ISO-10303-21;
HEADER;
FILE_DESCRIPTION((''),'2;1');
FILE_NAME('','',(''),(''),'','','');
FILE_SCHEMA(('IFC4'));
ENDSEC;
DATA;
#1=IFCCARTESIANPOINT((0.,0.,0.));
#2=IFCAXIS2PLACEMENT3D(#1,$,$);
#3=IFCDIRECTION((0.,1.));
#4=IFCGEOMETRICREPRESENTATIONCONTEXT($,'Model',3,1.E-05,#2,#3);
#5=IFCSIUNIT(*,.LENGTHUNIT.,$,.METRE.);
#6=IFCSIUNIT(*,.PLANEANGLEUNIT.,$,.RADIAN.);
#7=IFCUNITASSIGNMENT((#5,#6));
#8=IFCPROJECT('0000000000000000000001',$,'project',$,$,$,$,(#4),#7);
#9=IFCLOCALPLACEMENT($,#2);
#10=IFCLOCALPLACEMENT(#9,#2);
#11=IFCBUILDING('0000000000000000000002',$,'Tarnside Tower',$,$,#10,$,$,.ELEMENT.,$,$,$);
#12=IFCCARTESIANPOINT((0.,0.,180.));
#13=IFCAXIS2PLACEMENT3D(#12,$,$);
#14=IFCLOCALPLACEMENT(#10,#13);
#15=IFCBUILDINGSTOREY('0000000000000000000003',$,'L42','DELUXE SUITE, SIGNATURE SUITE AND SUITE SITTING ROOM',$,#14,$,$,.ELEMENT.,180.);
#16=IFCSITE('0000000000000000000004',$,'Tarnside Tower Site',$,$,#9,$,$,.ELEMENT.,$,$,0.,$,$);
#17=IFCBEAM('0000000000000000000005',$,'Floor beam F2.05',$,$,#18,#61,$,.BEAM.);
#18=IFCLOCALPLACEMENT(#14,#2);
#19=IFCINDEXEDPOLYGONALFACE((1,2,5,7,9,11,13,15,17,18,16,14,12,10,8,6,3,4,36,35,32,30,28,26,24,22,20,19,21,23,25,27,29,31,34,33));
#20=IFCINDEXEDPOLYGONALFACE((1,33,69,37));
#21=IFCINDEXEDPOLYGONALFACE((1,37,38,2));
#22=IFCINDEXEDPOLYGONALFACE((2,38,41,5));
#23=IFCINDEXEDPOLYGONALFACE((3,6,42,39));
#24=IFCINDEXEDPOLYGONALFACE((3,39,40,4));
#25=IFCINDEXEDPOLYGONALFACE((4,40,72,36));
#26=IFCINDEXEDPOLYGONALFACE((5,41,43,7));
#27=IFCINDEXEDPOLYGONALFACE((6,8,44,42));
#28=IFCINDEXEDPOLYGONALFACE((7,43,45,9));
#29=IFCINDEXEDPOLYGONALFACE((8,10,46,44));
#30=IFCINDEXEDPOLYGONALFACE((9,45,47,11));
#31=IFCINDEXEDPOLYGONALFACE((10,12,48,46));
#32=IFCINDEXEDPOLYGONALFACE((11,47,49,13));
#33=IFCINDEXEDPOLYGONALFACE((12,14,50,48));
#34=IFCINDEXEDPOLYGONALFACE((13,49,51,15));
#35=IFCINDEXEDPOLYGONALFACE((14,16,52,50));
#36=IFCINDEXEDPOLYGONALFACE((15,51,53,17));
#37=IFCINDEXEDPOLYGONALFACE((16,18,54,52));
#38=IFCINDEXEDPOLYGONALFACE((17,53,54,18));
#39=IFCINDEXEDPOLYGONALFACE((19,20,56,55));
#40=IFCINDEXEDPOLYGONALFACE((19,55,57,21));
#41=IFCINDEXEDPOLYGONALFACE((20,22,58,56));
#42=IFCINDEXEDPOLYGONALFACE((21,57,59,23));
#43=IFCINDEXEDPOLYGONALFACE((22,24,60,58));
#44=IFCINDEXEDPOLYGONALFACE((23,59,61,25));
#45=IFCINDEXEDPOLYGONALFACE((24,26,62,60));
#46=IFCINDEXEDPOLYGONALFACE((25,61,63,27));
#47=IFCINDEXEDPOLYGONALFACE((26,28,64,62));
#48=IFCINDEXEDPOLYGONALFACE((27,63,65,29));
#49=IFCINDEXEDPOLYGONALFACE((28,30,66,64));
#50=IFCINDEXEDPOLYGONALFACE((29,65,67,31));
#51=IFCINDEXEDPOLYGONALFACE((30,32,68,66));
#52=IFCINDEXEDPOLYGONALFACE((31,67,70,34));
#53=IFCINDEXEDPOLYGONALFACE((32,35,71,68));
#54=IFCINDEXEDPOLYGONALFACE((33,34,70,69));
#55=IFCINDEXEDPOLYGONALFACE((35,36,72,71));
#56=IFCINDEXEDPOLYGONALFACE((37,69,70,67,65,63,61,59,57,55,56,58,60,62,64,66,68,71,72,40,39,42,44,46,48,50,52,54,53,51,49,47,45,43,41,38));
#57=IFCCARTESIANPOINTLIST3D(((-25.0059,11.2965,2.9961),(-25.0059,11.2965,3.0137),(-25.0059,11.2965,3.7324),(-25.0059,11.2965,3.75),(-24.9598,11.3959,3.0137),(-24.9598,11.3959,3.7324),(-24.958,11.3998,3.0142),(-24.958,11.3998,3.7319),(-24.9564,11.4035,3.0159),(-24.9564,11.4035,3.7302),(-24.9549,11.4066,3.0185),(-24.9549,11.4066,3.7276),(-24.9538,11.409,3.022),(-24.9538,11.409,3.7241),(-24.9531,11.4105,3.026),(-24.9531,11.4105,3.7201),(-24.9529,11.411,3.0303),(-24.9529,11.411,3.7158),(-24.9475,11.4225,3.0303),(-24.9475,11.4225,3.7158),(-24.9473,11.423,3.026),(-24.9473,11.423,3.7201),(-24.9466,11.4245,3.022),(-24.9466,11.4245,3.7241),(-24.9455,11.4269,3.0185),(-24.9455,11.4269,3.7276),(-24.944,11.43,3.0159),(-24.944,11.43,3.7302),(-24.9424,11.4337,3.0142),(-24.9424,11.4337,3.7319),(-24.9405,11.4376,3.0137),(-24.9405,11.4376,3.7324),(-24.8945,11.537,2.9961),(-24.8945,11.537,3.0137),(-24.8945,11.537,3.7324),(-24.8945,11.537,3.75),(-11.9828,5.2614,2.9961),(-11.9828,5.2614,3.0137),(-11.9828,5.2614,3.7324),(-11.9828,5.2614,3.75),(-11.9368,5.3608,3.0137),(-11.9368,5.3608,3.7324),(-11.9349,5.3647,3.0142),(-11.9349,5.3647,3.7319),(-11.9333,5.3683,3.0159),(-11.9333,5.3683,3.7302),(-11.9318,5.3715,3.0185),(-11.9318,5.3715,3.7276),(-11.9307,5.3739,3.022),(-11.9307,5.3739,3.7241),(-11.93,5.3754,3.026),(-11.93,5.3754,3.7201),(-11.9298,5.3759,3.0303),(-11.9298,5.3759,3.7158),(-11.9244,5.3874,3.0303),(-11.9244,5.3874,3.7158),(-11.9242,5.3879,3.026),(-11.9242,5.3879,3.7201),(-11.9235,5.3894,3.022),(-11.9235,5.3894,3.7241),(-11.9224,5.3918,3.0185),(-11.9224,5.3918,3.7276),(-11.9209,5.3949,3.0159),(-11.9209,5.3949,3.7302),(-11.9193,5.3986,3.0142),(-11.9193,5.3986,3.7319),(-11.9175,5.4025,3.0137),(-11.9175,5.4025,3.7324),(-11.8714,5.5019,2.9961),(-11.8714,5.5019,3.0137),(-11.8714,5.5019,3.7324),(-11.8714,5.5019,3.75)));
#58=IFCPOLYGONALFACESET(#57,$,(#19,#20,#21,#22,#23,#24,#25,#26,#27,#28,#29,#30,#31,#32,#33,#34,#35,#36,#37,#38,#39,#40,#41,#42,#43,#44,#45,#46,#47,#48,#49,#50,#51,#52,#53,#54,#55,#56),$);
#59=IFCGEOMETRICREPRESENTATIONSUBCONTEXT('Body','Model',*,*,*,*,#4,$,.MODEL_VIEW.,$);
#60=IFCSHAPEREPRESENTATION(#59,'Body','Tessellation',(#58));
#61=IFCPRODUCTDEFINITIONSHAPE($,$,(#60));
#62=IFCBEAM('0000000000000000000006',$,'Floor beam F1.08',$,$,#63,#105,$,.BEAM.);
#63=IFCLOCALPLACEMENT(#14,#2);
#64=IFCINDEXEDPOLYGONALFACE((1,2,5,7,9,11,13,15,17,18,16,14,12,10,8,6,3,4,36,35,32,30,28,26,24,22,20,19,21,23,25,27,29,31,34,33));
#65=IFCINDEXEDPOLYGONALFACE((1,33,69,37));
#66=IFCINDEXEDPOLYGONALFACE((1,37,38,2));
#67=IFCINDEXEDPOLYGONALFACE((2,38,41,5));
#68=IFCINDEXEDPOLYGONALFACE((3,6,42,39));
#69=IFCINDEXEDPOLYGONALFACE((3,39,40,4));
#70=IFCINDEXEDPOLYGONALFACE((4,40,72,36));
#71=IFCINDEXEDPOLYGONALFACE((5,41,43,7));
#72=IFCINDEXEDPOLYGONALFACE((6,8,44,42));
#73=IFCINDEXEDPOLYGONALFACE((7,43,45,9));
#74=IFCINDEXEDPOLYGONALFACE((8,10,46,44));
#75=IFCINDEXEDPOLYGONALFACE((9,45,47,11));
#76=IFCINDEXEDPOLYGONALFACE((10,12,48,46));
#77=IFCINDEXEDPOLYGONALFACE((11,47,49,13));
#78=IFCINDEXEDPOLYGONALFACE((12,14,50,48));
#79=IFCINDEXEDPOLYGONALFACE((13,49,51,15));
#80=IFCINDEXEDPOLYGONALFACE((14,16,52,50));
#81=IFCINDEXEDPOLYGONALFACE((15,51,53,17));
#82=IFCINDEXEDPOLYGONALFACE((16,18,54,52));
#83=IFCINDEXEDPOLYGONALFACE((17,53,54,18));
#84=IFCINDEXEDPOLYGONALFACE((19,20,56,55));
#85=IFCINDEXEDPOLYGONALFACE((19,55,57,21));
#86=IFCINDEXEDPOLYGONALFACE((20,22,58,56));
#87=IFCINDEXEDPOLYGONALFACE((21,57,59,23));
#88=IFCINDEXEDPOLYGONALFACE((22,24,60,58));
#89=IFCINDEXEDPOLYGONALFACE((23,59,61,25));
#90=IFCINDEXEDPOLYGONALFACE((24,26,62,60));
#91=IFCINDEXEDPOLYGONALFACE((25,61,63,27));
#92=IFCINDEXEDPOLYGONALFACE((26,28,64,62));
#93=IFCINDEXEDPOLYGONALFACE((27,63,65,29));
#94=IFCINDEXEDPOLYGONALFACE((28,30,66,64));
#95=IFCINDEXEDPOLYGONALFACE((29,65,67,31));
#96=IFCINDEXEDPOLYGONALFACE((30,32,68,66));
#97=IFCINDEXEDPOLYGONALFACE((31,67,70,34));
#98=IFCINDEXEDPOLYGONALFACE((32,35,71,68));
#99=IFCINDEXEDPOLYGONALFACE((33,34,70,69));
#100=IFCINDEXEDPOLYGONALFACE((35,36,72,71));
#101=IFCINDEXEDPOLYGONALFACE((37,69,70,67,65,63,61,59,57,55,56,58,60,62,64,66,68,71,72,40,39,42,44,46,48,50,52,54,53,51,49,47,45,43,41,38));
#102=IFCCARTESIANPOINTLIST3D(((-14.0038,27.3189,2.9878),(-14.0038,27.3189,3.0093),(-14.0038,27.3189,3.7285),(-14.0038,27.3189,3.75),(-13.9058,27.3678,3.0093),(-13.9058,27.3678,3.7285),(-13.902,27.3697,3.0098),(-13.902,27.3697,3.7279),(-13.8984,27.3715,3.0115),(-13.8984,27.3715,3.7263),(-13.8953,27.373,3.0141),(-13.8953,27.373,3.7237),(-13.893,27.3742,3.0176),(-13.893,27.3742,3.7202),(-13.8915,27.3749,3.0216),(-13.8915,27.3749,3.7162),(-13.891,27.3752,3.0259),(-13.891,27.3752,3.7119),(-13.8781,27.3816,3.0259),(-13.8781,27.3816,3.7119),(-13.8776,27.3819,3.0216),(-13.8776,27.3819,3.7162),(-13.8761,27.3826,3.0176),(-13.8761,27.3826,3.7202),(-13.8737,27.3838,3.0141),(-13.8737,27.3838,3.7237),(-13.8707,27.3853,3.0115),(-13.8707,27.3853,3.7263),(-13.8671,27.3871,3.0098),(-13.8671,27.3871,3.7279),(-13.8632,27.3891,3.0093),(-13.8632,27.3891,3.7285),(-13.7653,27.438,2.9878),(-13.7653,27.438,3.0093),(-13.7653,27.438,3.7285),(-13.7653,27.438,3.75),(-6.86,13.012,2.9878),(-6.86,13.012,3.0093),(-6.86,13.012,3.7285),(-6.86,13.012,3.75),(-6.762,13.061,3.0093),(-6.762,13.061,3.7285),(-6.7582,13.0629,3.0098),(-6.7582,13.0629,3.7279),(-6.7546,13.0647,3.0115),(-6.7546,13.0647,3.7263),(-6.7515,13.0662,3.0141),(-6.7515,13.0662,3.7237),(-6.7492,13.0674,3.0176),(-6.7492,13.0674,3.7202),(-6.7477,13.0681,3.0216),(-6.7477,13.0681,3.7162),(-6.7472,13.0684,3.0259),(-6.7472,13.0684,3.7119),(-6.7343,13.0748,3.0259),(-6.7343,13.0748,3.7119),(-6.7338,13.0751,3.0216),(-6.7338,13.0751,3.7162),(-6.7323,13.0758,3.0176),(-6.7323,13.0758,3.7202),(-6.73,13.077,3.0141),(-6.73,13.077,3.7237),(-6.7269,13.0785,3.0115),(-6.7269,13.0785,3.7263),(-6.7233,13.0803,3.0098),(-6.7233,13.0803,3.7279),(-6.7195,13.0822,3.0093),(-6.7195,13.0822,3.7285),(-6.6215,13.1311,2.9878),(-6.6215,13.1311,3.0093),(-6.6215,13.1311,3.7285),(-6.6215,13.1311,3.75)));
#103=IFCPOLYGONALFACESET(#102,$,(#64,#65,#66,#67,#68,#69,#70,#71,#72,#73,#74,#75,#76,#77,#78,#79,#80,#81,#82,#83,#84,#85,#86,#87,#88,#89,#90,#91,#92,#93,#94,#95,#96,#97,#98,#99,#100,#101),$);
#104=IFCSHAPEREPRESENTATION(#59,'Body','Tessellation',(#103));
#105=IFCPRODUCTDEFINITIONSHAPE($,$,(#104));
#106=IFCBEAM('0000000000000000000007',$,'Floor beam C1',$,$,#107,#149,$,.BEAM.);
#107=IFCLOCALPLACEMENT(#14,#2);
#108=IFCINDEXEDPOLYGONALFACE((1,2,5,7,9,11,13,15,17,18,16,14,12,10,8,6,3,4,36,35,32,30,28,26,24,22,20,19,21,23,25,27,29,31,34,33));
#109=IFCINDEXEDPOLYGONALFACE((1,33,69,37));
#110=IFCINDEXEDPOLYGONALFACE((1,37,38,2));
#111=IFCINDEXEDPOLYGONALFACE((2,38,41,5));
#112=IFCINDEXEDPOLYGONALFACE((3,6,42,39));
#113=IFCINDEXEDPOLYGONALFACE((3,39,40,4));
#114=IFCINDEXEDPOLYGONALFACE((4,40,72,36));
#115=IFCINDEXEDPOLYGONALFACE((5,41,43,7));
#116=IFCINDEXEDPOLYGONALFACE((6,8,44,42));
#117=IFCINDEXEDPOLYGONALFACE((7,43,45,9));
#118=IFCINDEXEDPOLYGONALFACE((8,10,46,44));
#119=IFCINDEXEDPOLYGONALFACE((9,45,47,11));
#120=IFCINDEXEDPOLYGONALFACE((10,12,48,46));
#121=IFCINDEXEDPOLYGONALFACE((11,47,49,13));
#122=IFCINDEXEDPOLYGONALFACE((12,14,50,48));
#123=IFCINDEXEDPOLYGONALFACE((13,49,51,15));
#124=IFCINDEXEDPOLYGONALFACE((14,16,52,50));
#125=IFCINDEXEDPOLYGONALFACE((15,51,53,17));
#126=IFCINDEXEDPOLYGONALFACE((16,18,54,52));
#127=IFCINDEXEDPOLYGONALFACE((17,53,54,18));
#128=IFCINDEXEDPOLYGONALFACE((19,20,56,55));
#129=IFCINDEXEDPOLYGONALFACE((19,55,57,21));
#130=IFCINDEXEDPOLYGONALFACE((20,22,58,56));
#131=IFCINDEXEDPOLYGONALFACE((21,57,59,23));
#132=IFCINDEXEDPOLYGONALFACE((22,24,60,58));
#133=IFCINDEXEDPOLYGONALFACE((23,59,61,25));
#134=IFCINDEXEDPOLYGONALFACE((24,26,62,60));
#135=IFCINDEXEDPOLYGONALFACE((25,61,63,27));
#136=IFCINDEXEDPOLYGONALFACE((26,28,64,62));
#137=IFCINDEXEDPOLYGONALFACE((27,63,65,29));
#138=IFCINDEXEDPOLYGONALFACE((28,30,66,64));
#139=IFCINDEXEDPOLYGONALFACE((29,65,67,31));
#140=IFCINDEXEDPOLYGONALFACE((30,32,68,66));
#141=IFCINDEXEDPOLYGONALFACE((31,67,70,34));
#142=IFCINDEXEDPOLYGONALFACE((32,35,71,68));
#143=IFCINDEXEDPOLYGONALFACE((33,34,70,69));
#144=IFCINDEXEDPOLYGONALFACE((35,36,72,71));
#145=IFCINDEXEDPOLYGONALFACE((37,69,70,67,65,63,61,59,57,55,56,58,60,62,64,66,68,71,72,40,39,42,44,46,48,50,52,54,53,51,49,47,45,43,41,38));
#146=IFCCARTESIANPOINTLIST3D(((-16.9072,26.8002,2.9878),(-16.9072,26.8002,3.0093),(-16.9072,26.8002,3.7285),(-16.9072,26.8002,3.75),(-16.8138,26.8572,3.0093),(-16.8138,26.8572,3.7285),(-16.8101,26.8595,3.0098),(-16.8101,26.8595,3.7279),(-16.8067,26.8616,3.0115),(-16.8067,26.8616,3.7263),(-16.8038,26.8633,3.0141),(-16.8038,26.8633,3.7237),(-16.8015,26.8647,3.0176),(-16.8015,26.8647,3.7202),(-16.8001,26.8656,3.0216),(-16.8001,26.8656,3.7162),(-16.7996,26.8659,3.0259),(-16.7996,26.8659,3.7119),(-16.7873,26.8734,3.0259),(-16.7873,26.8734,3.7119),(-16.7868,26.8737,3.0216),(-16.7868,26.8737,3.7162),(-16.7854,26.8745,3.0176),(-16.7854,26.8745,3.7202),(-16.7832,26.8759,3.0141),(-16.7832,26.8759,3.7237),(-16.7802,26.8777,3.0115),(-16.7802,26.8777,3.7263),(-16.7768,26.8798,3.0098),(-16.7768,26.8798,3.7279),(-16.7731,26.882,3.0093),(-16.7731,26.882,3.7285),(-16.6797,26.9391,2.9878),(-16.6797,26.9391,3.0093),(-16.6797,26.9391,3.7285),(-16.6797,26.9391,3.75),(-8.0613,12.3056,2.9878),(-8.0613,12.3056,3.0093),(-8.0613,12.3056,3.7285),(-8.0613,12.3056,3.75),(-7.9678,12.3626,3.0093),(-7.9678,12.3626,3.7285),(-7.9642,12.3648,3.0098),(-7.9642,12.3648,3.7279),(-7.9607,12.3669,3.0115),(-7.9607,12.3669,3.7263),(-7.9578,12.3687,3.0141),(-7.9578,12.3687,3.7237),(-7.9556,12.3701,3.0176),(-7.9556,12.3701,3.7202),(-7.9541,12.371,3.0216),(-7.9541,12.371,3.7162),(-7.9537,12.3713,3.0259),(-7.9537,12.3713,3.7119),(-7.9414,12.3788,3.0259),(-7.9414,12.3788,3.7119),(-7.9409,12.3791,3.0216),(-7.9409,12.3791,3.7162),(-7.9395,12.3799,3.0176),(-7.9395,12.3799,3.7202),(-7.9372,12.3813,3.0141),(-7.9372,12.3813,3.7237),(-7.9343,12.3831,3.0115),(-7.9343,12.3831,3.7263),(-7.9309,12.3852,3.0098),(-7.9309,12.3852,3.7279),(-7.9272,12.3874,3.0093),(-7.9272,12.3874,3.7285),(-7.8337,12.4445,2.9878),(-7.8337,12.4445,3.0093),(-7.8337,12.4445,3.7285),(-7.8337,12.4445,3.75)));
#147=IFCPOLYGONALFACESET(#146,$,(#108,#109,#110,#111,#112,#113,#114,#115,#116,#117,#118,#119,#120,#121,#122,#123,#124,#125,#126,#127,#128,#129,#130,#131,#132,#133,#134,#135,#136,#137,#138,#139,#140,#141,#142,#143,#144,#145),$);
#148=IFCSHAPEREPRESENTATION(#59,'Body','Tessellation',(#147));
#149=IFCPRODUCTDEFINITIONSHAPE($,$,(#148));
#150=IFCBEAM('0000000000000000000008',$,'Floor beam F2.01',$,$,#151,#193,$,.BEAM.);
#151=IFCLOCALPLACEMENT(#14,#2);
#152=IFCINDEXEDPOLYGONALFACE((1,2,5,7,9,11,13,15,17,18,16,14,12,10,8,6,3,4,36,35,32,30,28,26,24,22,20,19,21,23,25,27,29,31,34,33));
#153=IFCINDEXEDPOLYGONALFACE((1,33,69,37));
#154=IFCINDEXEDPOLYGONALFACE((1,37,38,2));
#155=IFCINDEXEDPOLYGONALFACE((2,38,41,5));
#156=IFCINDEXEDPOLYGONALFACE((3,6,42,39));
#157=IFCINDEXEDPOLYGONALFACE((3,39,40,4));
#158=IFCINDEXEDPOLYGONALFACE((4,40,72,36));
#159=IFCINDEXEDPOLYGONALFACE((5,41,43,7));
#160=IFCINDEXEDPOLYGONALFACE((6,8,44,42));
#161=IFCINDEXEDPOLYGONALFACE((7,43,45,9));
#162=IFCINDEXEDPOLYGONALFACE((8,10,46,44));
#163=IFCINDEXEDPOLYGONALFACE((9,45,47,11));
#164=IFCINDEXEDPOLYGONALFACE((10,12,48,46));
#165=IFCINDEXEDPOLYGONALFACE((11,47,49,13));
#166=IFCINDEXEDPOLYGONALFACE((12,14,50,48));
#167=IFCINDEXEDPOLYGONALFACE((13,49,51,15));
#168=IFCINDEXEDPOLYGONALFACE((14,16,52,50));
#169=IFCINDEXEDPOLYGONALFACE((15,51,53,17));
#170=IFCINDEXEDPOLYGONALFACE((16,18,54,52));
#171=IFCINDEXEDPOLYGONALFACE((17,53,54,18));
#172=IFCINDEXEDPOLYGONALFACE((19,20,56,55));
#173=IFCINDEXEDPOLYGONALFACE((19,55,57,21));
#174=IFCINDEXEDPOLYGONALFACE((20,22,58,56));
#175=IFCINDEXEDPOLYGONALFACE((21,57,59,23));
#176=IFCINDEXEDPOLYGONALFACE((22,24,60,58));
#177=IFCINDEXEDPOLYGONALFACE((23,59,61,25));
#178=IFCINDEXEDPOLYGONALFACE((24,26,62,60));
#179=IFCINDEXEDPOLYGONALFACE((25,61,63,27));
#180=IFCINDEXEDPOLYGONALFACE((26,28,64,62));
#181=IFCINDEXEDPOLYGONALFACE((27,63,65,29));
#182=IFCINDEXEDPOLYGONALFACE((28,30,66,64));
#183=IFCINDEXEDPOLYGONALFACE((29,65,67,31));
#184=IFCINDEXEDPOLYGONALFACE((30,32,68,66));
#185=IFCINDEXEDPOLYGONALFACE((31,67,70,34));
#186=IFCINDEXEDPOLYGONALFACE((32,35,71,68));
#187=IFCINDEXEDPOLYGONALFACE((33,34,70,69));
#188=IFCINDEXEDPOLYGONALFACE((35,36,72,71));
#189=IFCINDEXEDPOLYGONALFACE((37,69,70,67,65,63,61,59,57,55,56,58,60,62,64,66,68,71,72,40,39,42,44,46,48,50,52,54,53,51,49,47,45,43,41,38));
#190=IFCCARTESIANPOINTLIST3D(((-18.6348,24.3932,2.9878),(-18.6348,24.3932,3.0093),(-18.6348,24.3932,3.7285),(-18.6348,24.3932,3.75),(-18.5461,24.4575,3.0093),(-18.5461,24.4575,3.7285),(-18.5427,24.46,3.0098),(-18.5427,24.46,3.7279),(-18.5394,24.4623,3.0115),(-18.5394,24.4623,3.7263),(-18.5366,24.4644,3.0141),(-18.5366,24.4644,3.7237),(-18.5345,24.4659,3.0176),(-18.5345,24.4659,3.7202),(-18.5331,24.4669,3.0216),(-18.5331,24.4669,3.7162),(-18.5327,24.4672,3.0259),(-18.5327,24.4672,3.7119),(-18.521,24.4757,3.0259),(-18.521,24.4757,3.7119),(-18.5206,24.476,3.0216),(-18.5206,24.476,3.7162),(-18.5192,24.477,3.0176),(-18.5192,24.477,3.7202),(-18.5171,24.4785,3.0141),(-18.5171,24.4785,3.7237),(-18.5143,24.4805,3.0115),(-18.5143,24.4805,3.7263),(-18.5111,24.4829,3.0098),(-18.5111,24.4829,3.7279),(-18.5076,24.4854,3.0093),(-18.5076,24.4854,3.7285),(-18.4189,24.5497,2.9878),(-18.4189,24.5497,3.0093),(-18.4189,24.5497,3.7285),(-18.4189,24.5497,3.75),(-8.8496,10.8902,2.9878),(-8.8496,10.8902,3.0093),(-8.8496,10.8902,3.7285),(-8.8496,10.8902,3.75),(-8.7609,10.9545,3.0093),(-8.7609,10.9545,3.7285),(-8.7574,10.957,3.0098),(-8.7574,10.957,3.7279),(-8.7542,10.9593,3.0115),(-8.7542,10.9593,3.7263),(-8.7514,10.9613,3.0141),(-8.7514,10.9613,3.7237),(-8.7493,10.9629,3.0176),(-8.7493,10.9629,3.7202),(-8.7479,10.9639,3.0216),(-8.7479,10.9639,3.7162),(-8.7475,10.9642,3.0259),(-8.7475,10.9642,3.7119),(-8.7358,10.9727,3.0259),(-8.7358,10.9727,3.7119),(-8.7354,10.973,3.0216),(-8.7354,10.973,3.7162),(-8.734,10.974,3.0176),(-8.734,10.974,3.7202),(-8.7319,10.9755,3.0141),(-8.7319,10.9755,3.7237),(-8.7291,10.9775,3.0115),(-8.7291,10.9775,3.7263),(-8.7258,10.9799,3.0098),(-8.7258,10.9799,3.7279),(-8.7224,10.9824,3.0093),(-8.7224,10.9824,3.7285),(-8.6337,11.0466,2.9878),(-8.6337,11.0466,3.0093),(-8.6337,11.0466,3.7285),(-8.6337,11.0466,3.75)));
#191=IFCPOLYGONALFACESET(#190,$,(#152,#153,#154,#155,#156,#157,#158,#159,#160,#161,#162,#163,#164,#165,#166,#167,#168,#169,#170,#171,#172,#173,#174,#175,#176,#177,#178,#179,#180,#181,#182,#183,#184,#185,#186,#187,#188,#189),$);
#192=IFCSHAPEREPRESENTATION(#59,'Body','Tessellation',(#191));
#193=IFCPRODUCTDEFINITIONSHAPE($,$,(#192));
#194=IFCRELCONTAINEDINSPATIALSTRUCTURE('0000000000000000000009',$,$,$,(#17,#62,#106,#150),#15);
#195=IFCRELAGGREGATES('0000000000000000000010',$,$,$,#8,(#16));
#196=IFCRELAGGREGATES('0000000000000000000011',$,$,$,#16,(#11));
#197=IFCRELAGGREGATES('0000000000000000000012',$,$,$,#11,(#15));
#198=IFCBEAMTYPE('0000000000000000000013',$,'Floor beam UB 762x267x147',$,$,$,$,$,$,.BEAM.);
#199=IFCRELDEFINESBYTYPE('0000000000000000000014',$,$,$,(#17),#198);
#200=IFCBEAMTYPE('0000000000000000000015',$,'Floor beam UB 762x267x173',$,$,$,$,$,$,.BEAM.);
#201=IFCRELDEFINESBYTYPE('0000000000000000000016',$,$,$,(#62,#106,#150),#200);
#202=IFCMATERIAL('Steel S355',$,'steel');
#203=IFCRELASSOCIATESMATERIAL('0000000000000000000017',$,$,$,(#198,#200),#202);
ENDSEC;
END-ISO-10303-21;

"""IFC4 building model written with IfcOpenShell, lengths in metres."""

from ifc_helpers import new_model, si_unit, direction, frame, origin, origin_2d, place, context, subcontext, project, spatial, i_section, extrude, material, material_profile, profile_set, type_object, element, save


model = new_model("IFC4")

# Units and contexts
model_context = context("Model", 3, precision=1e-05, world=origin(), true_north=direction((0.0, 1.0)))
body_context = subcontext(model_context, "Body", "Model", "MODEL_VIEW")
ifc_project = project(units=[si_unit("LENGTHUNIT", "METRE"), si_unit("PLANEANGLEUNIT", "RADIAN")], contexts=[model_context])

# Site, building, storey
site_placement = place(None, origin())
site = spatial("IfcSite", under=ifc_project, at=site_placement, Name="Tarnside Tower Site", CompositionType="ELEMENT", RefElevation=0.0)
building_placement = place(site_placement, origin())
building = spatial("IfcBuilding", under=site, at=building_placement, Name="Tarnside Tower", CompositionType="ELEMENT")
storey_placement = place(building_placement, frame((0.0, 0.0, 180.0)))
storey = spatial("IfcBuildingStorey", under=building, at=storey_placement, Name="L42", Description="DELUXE SUITE, SIGNATURE SUITE AND SUITE SITTING ROOM", CompositionType="ELEMENT", Elevation=180.0)

# Beams
ifc_material_1 = material(Name="Steel S355", Category="steel")
ifc_material_profile_1 = material_profile(ifc_material_1, i_section(OverallWidth=0.2651, OverallDepth=0.7539, WebThickness=0.0127, FlangeThickness=0.0176, FilletRadius=0.0166, at=origin_2d()), Name="UB 762x267x147")
ifc_profile_set_1 = profile_set([ifc_material_profile_1], Name="Steel S355")
beam_type_1 = type_object("IfcBeamType", Name="Floor beam UB 762x267x147", PredefinedType="BEAM", material=ifc_profile_set_1)
beam_1_placement = place(storey_placement, frame((-24.9502, 11.4167, 3.373), z_axis=(0.90731, -0.420462, 0.0), x_axis=(0.420462, 0.90731, 0.0)))
element("IfcBeam", 1, at=beam_1_placement, inside=storey, type_object=beam_type_1, Name="Floor beam F2.05", PredefinedType="BEAM", context=body_context, shape_type="SweptSolid", body=[
    extrude(i_section(OverallWidth=0.2651, OverallDepth=0.7539, WebThickness=0.0127, FlangeThickness=0.0176, FilletRadius=0.0166, at=origin_2d()), origin(), (0.0, 0.0, 1.0), 14.3535),
])
ifc_material_profile_2 = material_profile(ifc_material_1, i_section(OverallWidth=0.2666, OverallDepth=0.7622, WebThickness=0.0144, FlangeThickness=0.0215, FilletRadius=0.0166, at=origin_2d()), Name="UB 762x267x173")
ifc_profile_set_2 = profile_set([ifc_material_profile_2], Name="Steel S355")
beam_type_2 = type_object("IfcBeamType", Name="Floor beam UB 762x267x173", PredefinedType="BEAM", material=ifc_profile_set_2)
beam_2_placement = place(storey_placement, frame((-13.8845, 27.3784, 3.3689), z_axis=(0.446731, -0.894668, 0.0), x_axis=(0.894668, 0.446731, 0.0)))
element("IfcBeam", 2, at=beam_2_placement, inside=storey, type_object=beam_type_2, Name="Floor beam F1.08", PredefinedType="BEAM", context=body_context, shape_type="SweptSolid", body=[
    extrude(i_section(OverallWidth=0.2666, OverallDepth=0.7622, WebThickness=0.0144, FlangeThickness=0.0215, FilletRadius=0.0166, at=origin_2d()), origin(), (0.0, 0.0, 1.0), 15.9912),
])
beam_3_placement = place(storey_placement, frame((-16.7935, 26.8696, 3.3689), z_axis=(0.52094, -0.853593, 0.0), x_axis=(0.853593, 0.52094, 0.0)))
element("IfcBeam", 3, at=beam_3_placement, inside=storey, type_object=beam_type_2, Name="Floor beam C1", PredefinedType="BEAM", context=body_context, shape_type="SweptSolid", body=[
    extrude(i_section(OverallWidth=0.2666, OverallDepth=0.7622, WebThickness=0.0144, FlangeThickness=0.0215, FilletRadius=0.0166, at=origin_2d()), origin(), (0.0, 0.0, 1.0), 16.9807),
])
beam_4_placement = place(storey_placement, frame((-18.5269, 24.4714, 3.3689), z_axis=(0.586792, -0.809738, 0.0), x_axis=(0.809738, 0.586792, 0.0)))
element("IfcBeam", 4, at=beam_4_placement, inside=storey, type_object=beam_type_2, Name="Floor beam F2.01", PredefinedType="BEAM", context=body_context, shape_type="SweptSolid", body=[
    extrude(i_section(OverallWidth=0.2666, OverallDepth=0.7622, WebThickness=0.0144, FlangeThickness=0.0215, FilletRadius=0.0166, at=origin_2d()), origin(), (0.0, 0.0, 1.0), 16.6758),
])

save(model, "model.ifc")
